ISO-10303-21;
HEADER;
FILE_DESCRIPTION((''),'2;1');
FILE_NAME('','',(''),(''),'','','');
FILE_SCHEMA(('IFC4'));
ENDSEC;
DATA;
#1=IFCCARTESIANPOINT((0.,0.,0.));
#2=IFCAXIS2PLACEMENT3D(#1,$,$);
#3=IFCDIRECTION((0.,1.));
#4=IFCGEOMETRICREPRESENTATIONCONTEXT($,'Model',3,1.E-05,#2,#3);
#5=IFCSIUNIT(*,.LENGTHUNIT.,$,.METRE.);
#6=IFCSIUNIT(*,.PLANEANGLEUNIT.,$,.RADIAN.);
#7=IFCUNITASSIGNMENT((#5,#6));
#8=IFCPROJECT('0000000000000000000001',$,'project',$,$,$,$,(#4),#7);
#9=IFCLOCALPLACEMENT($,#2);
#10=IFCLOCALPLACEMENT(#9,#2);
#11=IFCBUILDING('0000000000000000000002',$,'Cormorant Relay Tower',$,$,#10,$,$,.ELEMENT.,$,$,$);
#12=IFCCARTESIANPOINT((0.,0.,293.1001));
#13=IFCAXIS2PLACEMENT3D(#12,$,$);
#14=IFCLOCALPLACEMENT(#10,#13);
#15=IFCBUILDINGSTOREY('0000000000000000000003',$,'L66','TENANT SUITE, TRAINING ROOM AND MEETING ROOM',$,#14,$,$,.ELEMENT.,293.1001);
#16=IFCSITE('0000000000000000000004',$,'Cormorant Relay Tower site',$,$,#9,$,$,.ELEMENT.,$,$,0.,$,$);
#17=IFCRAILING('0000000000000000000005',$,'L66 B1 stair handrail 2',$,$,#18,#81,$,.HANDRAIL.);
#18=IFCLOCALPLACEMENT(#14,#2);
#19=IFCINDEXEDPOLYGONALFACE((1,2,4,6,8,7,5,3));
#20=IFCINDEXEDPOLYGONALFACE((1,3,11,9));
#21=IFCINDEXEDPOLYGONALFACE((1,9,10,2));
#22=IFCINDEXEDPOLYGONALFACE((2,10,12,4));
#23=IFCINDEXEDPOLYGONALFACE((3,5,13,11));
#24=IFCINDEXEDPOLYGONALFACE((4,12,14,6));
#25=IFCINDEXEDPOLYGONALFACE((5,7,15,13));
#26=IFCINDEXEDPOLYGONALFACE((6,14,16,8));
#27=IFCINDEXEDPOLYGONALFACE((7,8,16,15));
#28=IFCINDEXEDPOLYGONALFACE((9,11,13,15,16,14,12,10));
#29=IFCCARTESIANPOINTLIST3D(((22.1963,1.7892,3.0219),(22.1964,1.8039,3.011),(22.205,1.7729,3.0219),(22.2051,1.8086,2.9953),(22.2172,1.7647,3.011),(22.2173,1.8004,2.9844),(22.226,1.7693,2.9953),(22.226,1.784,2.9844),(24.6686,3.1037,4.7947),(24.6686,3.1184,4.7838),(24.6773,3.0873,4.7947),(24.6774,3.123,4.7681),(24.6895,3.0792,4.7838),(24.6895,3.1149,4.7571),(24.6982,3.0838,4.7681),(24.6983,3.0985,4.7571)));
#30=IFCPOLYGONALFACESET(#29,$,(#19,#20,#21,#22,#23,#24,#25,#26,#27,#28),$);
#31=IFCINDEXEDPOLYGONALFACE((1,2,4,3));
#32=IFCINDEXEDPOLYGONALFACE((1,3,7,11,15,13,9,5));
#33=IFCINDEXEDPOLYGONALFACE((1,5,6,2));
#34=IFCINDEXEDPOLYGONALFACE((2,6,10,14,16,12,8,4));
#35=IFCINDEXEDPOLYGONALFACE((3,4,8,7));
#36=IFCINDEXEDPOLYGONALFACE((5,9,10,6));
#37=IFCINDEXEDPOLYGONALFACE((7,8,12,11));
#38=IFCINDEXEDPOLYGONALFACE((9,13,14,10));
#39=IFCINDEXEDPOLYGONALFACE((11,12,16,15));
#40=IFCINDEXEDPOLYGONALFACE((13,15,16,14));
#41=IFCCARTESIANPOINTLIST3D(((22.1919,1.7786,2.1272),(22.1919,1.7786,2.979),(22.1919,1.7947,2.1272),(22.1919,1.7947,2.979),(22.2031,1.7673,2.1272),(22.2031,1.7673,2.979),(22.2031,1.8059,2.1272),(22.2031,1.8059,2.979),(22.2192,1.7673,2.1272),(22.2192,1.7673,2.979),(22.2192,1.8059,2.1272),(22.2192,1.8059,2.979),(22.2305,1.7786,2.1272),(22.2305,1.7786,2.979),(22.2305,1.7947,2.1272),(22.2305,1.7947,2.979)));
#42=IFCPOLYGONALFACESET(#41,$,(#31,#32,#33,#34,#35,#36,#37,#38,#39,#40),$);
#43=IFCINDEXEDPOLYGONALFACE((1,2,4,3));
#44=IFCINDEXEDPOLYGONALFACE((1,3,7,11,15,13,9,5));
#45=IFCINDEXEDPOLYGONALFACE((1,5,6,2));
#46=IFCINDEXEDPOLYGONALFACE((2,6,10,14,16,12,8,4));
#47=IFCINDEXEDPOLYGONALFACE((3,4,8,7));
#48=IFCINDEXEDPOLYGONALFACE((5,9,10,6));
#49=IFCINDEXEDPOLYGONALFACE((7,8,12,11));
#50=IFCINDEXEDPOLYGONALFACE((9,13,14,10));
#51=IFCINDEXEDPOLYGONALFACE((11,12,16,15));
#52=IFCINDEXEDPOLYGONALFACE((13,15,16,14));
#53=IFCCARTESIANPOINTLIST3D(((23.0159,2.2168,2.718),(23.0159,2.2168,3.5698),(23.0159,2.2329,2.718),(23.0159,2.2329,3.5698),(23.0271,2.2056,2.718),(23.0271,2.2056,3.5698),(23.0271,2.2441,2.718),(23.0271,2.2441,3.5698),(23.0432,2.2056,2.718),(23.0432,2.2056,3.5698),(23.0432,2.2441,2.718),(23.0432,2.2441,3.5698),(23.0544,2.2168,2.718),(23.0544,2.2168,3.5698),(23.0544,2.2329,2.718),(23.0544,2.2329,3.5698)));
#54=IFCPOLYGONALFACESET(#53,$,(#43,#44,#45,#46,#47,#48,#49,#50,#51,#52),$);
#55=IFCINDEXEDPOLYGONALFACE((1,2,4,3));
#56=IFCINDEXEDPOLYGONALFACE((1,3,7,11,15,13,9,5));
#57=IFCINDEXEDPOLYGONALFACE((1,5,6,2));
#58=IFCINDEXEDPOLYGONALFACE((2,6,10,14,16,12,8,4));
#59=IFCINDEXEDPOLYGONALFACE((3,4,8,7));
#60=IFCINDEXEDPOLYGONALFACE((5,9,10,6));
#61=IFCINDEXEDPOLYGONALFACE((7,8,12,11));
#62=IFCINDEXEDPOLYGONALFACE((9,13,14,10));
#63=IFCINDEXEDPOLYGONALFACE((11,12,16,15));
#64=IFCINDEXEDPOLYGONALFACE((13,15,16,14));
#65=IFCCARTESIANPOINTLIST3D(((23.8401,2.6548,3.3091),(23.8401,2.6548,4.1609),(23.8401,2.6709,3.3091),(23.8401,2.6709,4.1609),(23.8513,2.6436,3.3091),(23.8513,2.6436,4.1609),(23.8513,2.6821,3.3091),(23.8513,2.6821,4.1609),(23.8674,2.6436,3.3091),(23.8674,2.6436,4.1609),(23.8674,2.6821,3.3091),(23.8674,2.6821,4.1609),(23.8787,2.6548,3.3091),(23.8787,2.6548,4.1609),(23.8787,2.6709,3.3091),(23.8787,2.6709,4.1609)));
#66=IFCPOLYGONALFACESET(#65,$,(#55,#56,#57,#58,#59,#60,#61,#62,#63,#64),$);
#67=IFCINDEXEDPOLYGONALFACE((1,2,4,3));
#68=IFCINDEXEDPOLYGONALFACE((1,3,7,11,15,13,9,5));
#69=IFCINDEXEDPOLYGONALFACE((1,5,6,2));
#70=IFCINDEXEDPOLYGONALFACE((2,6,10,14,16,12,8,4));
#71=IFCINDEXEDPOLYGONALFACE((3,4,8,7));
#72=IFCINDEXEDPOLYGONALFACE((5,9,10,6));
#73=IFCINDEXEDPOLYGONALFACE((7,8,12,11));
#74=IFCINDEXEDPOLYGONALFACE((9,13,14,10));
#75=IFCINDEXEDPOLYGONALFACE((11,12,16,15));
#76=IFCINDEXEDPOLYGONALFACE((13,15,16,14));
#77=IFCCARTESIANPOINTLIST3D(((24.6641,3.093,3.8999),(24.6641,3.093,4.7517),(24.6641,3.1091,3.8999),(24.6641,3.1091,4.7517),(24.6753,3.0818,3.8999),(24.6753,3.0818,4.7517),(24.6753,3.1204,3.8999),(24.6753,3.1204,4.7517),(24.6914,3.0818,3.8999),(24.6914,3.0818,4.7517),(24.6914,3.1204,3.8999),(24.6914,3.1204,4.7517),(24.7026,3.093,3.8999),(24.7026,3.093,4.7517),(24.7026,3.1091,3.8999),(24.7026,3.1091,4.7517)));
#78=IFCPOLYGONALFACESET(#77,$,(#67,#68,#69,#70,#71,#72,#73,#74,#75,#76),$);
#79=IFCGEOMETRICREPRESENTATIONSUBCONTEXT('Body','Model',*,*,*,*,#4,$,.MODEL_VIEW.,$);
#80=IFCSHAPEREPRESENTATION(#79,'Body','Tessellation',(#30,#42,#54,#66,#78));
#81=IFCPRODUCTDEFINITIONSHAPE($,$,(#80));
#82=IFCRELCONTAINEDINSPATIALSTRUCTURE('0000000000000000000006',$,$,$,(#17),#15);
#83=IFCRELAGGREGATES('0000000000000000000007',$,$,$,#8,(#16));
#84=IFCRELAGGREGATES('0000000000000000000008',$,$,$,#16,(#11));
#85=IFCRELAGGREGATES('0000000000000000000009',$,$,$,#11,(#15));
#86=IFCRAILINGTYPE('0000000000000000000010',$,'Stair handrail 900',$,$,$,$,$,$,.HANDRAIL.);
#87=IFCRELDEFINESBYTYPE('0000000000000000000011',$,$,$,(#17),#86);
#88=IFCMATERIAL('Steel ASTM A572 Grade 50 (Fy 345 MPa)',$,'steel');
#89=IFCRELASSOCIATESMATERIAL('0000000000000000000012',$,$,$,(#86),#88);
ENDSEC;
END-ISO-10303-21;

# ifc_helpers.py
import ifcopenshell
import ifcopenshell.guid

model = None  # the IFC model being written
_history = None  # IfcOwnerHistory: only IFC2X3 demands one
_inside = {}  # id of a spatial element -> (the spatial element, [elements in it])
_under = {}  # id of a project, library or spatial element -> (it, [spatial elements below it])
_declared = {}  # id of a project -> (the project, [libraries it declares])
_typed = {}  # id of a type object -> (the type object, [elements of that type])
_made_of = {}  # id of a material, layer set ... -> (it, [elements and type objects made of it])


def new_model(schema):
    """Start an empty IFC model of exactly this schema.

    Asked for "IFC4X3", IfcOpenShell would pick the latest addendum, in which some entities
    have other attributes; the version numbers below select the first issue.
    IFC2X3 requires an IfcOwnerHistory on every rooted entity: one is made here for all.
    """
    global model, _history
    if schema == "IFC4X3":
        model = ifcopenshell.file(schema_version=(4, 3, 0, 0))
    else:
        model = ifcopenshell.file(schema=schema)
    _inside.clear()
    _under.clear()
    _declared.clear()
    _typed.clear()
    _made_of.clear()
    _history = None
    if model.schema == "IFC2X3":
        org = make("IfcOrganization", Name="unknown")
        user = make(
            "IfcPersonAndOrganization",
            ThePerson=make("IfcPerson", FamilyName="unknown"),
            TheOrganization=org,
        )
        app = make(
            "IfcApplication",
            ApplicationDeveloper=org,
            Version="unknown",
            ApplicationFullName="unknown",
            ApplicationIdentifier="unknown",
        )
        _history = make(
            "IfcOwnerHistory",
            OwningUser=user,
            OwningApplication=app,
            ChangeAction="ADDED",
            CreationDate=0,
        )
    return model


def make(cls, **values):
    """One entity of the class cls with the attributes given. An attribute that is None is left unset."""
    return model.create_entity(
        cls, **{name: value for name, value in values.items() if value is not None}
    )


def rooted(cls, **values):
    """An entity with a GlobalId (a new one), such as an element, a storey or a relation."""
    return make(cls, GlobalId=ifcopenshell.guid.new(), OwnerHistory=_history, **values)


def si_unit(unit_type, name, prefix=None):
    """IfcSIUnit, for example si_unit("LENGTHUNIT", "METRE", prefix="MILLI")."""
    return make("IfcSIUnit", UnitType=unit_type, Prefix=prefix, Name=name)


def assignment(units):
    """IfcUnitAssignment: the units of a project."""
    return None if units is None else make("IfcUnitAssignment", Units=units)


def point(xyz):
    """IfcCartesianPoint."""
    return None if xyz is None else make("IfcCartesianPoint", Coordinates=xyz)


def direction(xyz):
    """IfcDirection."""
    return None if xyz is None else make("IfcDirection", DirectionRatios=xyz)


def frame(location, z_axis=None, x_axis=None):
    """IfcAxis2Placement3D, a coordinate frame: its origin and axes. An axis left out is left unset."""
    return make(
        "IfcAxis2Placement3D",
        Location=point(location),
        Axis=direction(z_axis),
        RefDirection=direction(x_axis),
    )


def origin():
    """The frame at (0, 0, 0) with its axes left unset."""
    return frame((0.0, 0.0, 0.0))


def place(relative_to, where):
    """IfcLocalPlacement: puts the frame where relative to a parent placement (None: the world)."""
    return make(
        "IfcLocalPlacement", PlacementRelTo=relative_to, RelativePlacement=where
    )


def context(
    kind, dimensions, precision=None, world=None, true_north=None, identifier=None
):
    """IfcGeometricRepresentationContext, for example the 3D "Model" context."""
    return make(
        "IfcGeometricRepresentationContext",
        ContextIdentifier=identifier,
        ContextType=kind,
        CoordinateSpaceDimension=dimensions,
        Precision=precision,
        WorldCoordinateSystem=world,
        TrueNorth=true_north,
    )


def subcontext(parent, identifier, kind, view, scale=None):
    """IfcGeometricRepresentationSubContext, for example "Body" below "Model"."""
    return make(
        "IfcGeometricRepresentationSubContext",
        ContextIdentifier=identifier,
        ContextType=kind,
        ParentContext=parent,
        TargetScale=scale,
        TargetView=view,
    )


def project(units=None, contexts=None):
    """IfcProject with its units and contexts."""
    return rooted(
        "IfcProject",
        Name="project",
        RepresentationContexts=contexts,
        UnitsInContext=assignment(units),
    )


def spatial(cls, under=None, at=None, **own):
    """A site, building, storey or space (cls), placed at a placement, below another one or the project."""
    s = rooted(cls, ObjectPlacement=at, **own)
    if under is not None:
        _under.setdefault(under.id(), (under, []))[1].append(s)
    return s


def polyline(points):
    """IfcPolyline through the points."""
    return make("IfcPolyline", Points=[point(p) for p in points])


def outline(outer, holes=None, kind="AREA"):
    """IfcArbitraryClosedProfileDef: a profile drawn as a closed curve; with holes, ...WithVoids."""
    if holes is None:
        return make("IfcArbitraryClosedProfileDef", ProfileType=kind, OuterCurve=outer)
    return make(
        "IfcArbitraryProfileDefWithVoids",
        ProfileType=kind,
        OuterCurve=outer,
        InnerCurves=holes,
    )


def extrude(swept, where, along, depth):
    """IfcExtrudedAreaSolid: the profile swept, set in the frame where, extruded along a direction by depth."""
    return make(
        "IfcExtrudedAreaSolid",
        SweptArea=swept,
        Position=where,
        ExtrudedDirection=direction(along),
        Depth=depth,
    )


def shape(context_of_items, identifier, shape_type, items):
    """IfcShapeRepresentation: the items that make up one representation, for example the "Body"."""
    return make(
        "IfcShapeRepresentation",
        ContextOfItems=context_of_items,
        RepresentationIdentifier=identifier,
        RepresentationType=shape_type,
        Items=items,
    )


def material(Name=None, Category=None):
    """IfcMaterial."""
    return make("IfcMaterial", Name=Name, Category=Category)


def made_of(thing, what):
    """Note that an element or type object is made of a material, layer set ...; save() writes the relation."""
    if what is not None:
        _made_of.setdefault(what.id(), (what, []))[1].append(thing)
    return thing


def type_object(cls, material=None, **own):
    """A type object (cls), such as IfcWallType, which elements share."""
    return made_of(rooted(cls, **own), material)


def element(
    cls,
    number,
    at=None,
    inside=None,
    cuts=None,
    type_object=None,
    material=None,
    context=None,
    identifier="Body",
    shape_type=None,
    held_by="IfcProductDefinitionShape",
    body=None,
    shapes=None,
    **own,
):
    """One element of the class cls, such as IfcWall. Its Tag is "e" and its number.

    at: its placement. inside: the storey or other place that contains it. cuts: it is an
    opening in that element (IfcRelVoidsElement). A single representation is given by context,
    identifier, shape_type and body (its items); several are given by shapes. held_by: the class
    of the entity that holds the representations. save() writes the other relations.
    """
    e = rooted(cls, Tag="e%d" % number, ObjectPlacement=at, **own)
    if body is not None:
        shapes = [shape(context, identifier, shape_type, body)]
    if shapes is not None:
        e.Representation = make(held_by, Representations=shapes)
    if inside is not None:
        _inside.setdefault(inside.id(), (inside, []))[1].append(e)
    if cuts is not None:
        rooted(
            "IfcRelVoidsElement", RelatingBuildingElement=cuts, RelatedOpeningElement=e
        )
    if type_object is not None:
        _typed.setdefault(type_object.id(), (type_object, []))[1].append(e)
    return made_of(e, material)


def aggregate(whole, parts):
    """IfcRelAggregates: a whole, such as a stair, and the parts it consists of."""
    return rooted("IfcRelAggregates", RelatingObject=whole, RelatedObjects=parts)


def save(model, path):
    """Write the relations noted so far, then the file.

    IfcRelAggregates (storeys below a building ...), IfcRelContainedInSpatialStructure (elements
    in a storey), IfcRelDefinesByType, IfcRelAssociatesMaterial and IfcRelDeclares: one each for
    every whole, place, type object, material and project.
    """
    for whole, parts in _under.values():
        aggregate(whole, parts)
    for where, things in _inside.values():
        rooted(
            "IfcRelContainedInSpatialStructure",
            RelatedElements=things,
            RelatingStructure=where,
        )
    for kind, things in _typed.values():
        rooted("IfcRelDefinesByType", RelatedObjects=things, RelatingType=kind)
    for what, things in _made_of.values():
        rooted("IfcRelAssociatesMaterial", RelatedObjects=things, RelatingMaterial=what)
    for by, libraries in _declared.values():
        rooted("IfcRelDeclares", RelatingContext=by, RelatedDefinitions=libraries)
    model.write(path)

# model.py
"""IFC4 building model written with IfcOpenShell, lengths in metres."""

from ifc_helpers import new_model, si_unit, direction, frame, origin, place, context, subcontext, project, spatial, polyline, outline, extrude, material, type_object, element, save


model = new_model("IFC4")

# Units and contexts
model_context = context("Model", 3, precision=1e-05, world=origin(), true_north=direction((0.0, 1.0)))
body_context = subcontext(model_context, "Body", "Model", "MODEL_VIEW")
ifc_project = project(units=[si_unit("LENGTHUNIT", "METRE"), si_unit("PLANEANGLEUNIT", "RADIAN")], contexts=[model_context])

# Site, building, storey
site_placement = place(None, origin())
site = spatial("IfcSite", under=ifc_project, at=site_placement, Name="Cormorant Relay Tower site", CompositionType="ELEMENT", RefElevation=0.0)
building_placement = place(site_placement, origin())
building = spatial("IfcBuilding", under=site, at=building_placement, Name="Cormorant Relay Tower", CompositionType="ELEMENT")
storey_placement = place(building_placement, frame((0.0, 0.0, 293.1001)))
storey = spatial("IfcBuildingStorey", under=building, at=storey_placement, Name="L66", Description="TENANT SUITE, TRAINING ROOM AND MEETING ROOM", CompositionType="ELEMENT", Elevation=293.1001)

# Railing
ifc_material_1 = material(Name="Steel ASTM A572 Grade 50 (Fy 345 MPa)", Category="steel")
railing_type_1 = type_object("IfcRailingType", Name="Stair handrail 900", PredefinedType="HANDRAIL", material=ifc_material_1)
railing_1_placement = place(storey_placement, frame((22.2112, 1.7866, 2.1272)))
element("IfcRailing", 1, at=railing_1_placement, inside=storey, type_object=railing_type_1, Name="L66 B1 stair handrail 2", PredefinedType="HANDRAIL", context=body_context, shape_type="SweptSolid", body=[
    extrude(outline(polyline([(0.0222, 0.0093), (0.0093, 0.0222), (-0.0093, 0.0222), (-0.0222, 0.0093), (-0.0222, -0.0093), (-0.0093, -0.0222), (0.0093, -0.0222), (0.0222, -0.0093), (0.0222, 0.0093)])), frame((0.0, 0.0, 0.876), z_axis=(0.746001, 0.396649, 0.534931), x_axis=(-0.469465, 0.882951, 0.0)), (0.0, 0.0, 1.0), 3.314),
    extrude(outline(polyline([(0.0193, 0.0081), (0.0081, 0.0193), (-0.0081, 0.0193), (-0.0193, 0.0081), (-0.0193, -0.0081), (-0.0081, -0.0193), (0.0081, -0.0193), (0.0193, -0.0081), (0.0193, 0.0081)])), origin(), (0.0, 0.0, 1.0), 0.8518),
    extrude(outline(polyline([(0.0193, 0.0081), (0.0081, 0.0193), (-0.0081, 0.0193), (-0.0193, 0.0081), (-0.0193, -0.0081), (-0.0081, -0.0193), (0.0081, -0.0193), (0.0193, -0.0081), (0.0193, 0.0081)])), frame((0.824, 0.4382, 0.5908)), (0.0, 0.0, 1.0), 0.8518),
    extrude(outline(polyline([(0.0193, 0.0081), (0.0081, 0.0193), (-0.0081, 0.0193), (-0.0193, 0.0081), (-0.0193, -0.0081), (-0.0081, -0.0193), (0.0081, -0.0193), (0.0193, -0.0081), (0.0193, 0.0081)])), frame((1.6482, 0.8762, 1.1819)), (0.0, 0.0, 1.0), 0.8518),
    extrude(outline(polyline([(0.0193, 0.0081), (0.0081, 0.0193), (-0.0081, 0.0193), (-0.0193, 0.0081), (-0.0193, -0.0081), (-0.0081, -0.0193), (0.0081, -0.0193), (0.0193, -0.0081), (0.0193, 0.0081)])), frame((2.4722, 1.3145, 1.7727)), (0.0, 0.0, 1.0), 0.8518),
])

save(model, "model.ifc")
